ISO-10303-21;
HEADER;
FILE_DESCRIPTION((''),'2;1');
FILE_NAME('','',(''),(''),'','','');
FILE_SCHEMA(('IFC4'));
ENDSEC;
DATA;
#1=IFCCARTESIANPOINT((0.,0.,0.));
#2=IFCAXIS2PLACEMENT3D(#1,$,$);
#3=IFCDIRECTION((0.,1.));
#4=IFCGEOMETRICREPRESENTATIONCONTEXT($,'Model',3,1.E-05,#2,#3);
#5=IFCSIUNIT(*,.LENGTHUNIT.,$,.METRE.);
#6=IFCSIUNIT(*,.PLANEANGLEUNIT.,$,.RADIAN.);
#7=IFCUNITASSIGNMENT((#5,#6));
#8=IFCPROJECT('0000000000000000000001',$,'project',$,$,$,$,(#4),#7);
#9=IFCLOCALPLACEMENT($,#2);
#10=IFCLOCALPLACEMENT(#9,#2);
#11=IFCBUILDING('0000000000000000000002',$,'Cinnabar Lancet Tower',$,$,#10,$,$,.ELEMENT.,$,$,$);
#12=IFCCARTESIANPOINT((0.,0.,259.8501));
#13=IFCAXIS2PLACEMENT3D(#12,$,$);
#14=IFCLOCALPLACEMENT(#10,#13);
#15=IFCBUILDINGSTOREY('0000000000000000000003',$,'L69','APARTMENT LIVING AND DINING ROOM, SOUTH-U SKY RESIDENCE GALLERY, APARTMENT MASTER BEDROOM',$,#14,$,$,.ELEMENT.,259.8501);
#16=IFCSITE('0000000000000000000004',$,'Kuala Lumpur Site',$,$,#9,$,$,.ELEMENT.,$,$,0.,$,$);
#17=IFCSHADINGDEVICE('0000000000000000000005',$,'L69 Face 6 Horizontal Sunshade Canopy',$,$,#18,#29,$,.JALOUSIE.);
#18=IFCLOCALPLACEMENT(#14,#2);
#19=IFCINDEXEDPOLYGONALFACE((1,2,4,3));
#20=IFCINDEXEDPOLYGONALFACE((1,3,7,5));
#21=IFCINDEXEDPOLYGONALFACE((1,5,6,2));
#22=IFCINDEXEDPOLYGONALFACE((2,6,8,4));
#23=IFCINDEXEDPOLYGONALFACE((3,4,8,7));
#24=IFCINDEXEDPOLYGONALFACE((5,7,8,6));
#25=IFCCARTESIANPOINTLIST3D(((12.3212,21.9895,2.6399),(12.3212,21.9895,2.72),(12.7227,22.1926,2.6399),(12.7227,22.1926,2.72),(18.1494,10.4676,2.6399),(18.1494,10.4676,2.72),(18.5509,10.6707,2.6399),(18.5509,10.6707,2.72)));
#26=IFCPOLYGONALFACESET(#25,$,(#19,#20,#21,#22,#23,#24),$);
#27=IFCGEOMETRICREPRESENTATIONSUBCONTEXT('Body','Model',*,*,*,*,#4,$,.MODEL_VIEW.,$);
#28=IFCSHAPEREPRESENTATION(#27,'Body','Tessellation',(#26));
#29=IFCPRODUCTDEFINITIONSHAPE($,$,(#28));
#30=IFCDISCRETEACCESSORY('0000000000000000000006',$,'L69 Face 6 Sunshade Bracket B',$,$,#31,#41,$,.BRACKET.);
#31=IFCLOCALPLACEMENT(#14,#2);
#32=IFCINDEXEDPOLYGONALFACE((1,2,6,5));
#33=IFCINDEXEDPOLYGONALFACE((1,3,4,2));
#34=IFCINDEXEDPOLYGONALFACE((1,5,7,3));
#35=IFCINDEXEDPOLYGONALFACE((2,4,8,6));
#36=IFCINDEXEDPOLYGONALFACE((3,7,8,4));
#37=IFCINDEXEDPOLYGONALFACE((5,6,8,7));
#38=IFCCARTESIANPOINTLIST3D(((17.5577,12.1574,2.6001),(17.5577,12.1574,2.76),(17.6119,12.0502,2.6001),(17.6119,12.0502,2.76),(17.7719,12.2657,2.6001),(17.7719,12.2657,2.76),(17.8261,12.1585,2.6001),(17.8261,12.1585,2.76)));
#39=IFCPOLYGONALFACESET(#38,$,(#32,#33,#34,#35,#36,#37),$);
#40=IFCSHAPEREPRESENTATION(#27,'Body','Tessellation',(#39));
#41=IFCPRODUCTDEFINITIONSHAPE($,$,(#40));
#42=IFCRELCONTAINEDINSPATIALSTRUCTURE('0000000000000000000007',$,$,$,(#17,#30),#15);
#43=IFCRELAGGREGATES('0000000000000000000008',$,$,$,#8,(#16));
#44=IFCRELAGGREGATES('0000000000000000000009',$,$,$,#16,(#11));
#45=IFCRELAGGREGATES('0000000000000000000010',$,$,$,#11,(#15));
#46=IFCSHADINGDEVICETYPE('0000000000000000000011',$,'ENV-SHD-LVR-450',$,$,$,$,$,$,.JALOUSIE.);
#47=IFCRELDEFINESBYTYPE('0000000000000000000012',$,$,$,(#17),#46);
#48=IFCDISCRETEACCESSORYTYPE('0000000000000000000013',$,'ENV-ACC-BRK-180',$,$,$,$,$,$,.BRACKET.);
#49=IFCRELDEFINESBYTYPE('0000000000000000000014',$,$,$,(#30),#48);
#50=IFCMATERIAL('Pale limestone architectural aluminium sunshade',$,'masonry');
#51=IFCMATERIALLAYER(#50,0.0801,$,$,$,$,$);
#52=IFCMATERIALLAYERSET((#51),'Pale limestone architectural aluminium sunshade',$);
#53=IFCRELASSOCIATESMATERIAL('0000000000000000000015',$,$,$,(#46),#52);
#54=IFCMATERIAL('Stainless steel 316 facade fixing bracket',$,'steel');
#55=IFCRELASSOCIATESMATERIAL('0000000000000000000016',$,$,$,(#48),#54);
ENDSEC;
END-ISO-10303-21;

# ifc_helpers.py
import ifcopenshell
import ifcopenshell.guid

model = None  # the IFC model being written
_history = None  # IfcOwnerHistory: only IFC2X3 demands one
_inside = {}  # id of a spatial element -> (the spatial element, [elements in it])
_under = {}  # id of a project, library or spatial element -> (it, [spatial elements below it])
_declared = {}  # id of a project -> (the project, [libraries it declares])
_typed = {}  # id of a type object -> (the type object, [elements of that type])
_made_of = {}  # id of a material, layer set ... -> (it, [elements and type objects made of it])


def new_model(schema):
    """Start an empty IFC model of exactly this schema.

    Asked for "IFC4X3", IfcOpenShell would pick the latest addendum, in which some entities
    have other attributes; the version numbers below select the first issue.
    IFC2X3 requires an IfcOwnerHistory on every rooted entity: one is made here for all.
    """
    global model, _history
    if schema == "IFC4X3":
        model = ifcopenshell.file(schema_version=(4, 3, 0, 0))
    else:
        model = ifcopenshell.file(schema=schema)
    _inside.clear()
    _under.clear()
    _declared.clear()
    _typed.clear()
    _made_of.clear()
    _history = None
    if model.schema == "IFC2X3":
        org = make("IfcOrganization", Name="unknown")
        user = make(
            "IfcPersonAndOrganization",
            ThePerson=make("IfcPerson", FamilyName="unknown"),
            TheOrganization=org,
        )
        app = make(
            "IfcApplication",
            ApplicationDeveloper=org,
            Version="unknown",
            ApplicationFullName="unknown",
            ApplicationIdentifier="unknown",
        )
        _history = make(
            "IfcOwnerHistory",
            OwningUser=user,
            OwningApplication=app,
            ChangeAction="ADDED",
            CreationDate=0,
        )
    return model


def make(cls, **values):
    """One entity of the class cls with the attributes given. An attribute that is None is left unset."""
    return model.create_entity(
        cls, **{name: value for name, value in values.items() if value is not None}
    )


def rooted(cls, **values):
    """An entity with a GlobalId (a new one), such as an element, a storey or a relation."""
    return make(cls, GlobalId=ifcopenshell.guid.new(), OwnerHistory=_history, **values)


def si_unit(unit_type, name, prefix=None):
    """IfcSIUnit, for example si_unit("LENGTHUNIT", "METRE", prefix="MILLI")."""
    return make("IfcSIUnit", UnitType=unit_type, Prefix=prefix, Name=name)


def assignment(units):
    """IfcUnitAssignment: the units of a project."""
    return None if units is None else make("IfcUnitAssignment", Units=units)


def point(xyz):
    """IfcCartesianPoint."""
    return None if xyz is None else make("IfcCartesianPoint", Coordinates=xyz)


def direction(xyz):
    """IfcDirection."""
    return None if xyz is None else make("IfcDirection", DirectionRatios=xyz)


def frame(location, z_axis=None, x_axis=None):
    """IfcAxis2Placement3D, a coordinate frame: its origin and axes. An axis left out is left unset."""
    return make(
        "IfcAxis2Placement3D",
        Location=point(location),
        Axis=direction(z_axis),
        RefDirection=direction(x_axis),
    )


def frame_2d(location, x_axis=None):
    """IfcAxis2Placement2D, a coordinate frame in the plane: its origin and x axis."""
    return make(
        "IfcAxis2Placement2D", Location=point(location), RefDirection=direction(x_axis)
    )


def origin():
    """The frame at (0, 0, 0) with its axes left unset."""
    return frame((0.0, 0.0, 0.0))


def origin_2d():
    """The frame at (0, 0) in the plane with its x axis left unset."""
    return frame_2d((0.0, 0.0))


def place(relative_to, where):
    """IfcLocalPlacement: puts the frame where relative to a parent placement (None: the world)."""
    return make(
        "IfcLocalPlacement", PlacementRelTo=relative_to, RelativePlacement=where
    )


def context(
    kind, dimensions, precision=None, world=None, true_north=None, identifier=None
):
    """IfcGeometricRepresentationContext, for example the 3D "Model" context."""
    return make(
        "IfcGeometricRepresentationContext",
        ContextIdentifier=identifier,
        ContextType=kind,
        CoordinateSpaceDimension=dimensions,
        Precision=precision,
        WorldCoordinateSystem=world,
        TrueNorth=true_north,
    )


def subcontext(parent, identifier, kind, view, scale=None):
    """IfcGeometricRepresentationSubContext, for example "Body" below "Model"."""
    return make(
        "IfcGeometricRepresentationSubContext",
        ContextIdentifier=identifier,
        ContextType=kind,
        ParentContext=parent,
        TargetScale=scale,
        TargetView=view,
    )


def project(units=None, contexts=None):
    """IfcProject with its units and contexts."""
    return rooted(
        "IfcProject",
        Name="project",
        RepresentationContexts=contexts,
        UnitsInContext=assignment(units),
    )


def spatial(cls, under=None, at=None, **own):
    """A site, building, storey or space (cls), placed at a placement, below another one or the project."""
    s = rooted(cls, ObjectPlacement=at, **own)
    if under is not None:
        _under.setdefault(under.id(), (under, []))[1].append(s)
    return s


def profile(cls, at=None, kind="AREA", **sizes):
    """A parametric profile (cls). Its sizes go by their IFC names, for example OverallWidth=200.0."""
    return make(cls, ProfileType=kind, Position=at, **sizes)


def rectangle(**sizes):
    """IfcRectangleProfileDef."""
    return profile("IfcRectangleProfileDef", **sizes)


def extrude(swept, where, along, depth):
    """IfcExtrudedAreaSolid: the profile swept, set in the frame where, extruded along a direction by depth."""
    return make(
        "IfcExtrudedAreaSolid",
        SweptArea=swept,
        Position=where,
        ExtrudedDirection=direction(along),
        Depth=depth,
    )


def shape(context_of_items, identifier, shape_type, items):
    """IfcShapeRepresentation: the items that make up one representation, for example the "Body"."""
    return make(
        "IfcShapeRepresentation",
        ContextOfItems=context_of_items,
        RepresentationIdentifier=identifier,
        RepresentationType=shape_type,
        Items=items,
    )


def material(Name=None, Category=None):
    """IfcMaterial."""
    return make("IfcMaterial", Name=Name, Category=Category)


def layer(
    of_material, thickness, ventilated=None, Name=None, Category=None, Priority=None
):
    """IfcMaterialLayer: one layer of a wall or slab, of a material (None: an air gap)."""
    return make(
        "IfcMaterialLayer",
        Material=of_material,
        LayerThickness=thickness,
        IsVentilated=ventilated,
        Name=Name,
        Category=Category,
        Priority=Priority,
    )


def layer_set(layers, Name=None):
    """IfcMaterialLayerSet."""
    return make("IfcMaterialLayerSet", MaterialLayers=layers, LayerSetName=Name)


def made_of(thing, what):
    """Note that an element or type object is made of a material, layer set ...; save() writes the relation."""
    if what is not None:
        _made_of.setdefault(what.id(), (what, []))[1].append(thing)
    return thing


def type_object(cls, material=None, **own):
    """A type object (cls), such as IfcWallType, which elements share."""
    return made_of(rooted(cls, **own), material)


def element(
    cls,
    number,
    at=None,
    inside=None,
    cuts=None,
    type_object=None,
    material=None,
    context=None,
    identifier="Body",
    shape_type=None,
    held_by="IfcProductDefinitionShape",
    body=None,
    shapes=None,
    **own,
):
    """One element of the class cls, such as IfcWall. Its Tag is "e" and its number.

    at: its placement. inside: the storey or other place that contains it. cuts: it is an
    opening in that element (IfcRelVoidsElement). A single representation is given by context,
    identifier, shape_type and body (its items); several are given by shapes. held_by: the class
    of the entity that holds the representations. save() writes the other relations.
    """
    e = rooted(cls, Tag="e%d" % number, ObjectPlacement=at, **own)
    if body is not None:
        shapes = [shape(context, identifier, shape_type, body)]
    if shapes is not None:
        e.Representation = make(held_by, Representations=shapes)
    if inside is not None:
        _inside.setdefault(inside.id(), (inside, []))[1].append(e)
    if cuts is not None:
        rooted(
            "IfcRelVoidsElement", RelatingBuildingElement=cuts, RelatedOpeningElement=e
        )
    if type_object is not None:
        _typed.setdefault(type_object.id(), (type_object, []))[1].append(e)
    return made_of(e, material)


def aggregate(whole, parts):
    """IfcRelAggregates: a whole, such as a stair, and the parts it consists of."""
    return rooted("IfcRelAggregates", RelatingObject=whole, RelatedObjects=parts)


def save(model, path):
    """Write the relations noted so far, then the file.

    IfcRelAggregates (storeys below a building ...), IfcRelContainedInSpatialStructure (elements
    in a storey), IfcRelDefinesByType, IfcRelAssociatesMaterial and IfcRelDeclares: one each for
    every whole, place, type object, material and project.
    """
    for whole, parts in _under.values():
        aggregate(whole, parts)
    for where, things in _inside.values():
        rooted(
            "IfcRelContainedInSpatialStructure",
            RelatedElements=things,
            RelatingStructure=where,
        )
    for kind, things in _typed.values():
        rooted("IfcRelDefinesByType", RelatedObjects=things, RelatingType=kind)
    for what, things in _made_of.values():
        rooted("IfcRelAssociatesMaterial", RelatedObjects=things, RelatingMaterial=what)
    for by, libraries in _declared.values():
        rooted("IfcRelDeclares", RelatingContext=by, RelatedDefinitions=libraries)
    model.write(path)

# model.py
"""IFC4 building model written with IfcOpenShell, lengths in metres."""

from ifc_helpers import new_model, si_unit, direction, frame, origin, origin_2d, place, context, subcontext, project, spatial, rectangle, extrude, material, layer, layer_set, type_object, element, save


model = new_model("IFC4")

# Units and contexts
model_context = context("Model", 3, precision=1e-05, world=origin(), true_north=direction((0.0, 1.0)))
body_context = subcontext(model_context, "Body", "Model", "MODEL_VIEW")
ifc_project = project(units=[si_unit("LENGTHUNIT", "METRE"), si_unit("PLANEANGLEUNIT", "RADIAN")], contexts=[model_context])

# Site, building, storey
site_placement = place(None, origin())
site = spatial("IfcSite", under=ifc_project, at=site_placement, Name="Kuala Lumpur Site", CompositionType="ELEMENT", RefElevation=0.0)
building_placement = place(site_placement, origin())
building = spatial("IfcBuilding", under=site, at=building_placement, Name="Cinnabar Lancet Tower", CompositionType="ELEMENT")
storey_placement = place(building_placement, frame((0.0, 0.0, 259.8501)))
storey = spatial("IfcBuildingStorey", under=building, at=storey_placement, Name="L69", Description="APARTMENT LIVING AND DINING ROOM, SOUTH-U SKY RESIDENCE GALLERY, APARTMENT MASTER BEDROOM", CompositionType="ELEMENT", Elevation=259.8501)

# Shading device
ifc_material_1 = material(Name="Pale limestone architectural aluminium sunshade", Category="masonry")
ifc_layer_1 = layer(ifc_material_1, 0.0801)
ifc_layer_set_1 = layer_set([ifc_layer_1], Name="Pale limestone architectural aluminium sunshade")
shading_device_type = type_object("IfcShadingDeviceType", Name="ENV-SHD-LVR-450", PredefinedType="JALOUSIE", material=ifc_layer_set_1)
shading_device_placement = place(storey_placement, frame((15.436, 16.3301, 2.6399), z_axis=(0.0, 0.0, 1.0), x_axis=(0.451376, -0.892334, 0.0)))
element("IfcShadingDevice", 1, at=shading_device_placement, inside=storey, type_object=shading_device_type, Name="L69 Face 6 Horizontal Sunshade Canopy", PredefinedType="JALOUSIE", context=body_context, shape_type="SweptSolid", body=[
    extrude(rectangle(XDim=12.9121, YDim=0.45, at=origin_2d()), origin(), (0.0, 0.0, 1.0), 0.0801),
])

# Discrete accessory
ifc_material_2 = material(Name="Stainless steel 316 facade fixing bracket", Category="steel")
discrete_accessory_type = type_object("IfcDiscreteAccessoryType", Name="ENV-ACC-BRK-180", PredefinedType="BRACKET", material=ifc_material_2)
discrete_accessory_placement = place(storey_placement, frame((17.6919, 12.158, 2.6001), z_axis=(0.0, 0.0, 1.0), x_axis=(0.451376, -0.892334, 0.0)))
element("IfcDiscreteAccessory", 2, at=discrete_accessory_placement, inside=storey, type_object=discrete_accessory_type, Name="L69 Face 6 Sunshade Bracket B", PredefinedType="BRACKET", context=body_context, shape_type="SweptSolid", body=[
    extrude(rectangle(XDim=0.1201, YDim=0.24, at=origin_2d()), origin(), (0.0, 0.0, 1.0), 0.1599),
])

save(model, "model.ifc")
